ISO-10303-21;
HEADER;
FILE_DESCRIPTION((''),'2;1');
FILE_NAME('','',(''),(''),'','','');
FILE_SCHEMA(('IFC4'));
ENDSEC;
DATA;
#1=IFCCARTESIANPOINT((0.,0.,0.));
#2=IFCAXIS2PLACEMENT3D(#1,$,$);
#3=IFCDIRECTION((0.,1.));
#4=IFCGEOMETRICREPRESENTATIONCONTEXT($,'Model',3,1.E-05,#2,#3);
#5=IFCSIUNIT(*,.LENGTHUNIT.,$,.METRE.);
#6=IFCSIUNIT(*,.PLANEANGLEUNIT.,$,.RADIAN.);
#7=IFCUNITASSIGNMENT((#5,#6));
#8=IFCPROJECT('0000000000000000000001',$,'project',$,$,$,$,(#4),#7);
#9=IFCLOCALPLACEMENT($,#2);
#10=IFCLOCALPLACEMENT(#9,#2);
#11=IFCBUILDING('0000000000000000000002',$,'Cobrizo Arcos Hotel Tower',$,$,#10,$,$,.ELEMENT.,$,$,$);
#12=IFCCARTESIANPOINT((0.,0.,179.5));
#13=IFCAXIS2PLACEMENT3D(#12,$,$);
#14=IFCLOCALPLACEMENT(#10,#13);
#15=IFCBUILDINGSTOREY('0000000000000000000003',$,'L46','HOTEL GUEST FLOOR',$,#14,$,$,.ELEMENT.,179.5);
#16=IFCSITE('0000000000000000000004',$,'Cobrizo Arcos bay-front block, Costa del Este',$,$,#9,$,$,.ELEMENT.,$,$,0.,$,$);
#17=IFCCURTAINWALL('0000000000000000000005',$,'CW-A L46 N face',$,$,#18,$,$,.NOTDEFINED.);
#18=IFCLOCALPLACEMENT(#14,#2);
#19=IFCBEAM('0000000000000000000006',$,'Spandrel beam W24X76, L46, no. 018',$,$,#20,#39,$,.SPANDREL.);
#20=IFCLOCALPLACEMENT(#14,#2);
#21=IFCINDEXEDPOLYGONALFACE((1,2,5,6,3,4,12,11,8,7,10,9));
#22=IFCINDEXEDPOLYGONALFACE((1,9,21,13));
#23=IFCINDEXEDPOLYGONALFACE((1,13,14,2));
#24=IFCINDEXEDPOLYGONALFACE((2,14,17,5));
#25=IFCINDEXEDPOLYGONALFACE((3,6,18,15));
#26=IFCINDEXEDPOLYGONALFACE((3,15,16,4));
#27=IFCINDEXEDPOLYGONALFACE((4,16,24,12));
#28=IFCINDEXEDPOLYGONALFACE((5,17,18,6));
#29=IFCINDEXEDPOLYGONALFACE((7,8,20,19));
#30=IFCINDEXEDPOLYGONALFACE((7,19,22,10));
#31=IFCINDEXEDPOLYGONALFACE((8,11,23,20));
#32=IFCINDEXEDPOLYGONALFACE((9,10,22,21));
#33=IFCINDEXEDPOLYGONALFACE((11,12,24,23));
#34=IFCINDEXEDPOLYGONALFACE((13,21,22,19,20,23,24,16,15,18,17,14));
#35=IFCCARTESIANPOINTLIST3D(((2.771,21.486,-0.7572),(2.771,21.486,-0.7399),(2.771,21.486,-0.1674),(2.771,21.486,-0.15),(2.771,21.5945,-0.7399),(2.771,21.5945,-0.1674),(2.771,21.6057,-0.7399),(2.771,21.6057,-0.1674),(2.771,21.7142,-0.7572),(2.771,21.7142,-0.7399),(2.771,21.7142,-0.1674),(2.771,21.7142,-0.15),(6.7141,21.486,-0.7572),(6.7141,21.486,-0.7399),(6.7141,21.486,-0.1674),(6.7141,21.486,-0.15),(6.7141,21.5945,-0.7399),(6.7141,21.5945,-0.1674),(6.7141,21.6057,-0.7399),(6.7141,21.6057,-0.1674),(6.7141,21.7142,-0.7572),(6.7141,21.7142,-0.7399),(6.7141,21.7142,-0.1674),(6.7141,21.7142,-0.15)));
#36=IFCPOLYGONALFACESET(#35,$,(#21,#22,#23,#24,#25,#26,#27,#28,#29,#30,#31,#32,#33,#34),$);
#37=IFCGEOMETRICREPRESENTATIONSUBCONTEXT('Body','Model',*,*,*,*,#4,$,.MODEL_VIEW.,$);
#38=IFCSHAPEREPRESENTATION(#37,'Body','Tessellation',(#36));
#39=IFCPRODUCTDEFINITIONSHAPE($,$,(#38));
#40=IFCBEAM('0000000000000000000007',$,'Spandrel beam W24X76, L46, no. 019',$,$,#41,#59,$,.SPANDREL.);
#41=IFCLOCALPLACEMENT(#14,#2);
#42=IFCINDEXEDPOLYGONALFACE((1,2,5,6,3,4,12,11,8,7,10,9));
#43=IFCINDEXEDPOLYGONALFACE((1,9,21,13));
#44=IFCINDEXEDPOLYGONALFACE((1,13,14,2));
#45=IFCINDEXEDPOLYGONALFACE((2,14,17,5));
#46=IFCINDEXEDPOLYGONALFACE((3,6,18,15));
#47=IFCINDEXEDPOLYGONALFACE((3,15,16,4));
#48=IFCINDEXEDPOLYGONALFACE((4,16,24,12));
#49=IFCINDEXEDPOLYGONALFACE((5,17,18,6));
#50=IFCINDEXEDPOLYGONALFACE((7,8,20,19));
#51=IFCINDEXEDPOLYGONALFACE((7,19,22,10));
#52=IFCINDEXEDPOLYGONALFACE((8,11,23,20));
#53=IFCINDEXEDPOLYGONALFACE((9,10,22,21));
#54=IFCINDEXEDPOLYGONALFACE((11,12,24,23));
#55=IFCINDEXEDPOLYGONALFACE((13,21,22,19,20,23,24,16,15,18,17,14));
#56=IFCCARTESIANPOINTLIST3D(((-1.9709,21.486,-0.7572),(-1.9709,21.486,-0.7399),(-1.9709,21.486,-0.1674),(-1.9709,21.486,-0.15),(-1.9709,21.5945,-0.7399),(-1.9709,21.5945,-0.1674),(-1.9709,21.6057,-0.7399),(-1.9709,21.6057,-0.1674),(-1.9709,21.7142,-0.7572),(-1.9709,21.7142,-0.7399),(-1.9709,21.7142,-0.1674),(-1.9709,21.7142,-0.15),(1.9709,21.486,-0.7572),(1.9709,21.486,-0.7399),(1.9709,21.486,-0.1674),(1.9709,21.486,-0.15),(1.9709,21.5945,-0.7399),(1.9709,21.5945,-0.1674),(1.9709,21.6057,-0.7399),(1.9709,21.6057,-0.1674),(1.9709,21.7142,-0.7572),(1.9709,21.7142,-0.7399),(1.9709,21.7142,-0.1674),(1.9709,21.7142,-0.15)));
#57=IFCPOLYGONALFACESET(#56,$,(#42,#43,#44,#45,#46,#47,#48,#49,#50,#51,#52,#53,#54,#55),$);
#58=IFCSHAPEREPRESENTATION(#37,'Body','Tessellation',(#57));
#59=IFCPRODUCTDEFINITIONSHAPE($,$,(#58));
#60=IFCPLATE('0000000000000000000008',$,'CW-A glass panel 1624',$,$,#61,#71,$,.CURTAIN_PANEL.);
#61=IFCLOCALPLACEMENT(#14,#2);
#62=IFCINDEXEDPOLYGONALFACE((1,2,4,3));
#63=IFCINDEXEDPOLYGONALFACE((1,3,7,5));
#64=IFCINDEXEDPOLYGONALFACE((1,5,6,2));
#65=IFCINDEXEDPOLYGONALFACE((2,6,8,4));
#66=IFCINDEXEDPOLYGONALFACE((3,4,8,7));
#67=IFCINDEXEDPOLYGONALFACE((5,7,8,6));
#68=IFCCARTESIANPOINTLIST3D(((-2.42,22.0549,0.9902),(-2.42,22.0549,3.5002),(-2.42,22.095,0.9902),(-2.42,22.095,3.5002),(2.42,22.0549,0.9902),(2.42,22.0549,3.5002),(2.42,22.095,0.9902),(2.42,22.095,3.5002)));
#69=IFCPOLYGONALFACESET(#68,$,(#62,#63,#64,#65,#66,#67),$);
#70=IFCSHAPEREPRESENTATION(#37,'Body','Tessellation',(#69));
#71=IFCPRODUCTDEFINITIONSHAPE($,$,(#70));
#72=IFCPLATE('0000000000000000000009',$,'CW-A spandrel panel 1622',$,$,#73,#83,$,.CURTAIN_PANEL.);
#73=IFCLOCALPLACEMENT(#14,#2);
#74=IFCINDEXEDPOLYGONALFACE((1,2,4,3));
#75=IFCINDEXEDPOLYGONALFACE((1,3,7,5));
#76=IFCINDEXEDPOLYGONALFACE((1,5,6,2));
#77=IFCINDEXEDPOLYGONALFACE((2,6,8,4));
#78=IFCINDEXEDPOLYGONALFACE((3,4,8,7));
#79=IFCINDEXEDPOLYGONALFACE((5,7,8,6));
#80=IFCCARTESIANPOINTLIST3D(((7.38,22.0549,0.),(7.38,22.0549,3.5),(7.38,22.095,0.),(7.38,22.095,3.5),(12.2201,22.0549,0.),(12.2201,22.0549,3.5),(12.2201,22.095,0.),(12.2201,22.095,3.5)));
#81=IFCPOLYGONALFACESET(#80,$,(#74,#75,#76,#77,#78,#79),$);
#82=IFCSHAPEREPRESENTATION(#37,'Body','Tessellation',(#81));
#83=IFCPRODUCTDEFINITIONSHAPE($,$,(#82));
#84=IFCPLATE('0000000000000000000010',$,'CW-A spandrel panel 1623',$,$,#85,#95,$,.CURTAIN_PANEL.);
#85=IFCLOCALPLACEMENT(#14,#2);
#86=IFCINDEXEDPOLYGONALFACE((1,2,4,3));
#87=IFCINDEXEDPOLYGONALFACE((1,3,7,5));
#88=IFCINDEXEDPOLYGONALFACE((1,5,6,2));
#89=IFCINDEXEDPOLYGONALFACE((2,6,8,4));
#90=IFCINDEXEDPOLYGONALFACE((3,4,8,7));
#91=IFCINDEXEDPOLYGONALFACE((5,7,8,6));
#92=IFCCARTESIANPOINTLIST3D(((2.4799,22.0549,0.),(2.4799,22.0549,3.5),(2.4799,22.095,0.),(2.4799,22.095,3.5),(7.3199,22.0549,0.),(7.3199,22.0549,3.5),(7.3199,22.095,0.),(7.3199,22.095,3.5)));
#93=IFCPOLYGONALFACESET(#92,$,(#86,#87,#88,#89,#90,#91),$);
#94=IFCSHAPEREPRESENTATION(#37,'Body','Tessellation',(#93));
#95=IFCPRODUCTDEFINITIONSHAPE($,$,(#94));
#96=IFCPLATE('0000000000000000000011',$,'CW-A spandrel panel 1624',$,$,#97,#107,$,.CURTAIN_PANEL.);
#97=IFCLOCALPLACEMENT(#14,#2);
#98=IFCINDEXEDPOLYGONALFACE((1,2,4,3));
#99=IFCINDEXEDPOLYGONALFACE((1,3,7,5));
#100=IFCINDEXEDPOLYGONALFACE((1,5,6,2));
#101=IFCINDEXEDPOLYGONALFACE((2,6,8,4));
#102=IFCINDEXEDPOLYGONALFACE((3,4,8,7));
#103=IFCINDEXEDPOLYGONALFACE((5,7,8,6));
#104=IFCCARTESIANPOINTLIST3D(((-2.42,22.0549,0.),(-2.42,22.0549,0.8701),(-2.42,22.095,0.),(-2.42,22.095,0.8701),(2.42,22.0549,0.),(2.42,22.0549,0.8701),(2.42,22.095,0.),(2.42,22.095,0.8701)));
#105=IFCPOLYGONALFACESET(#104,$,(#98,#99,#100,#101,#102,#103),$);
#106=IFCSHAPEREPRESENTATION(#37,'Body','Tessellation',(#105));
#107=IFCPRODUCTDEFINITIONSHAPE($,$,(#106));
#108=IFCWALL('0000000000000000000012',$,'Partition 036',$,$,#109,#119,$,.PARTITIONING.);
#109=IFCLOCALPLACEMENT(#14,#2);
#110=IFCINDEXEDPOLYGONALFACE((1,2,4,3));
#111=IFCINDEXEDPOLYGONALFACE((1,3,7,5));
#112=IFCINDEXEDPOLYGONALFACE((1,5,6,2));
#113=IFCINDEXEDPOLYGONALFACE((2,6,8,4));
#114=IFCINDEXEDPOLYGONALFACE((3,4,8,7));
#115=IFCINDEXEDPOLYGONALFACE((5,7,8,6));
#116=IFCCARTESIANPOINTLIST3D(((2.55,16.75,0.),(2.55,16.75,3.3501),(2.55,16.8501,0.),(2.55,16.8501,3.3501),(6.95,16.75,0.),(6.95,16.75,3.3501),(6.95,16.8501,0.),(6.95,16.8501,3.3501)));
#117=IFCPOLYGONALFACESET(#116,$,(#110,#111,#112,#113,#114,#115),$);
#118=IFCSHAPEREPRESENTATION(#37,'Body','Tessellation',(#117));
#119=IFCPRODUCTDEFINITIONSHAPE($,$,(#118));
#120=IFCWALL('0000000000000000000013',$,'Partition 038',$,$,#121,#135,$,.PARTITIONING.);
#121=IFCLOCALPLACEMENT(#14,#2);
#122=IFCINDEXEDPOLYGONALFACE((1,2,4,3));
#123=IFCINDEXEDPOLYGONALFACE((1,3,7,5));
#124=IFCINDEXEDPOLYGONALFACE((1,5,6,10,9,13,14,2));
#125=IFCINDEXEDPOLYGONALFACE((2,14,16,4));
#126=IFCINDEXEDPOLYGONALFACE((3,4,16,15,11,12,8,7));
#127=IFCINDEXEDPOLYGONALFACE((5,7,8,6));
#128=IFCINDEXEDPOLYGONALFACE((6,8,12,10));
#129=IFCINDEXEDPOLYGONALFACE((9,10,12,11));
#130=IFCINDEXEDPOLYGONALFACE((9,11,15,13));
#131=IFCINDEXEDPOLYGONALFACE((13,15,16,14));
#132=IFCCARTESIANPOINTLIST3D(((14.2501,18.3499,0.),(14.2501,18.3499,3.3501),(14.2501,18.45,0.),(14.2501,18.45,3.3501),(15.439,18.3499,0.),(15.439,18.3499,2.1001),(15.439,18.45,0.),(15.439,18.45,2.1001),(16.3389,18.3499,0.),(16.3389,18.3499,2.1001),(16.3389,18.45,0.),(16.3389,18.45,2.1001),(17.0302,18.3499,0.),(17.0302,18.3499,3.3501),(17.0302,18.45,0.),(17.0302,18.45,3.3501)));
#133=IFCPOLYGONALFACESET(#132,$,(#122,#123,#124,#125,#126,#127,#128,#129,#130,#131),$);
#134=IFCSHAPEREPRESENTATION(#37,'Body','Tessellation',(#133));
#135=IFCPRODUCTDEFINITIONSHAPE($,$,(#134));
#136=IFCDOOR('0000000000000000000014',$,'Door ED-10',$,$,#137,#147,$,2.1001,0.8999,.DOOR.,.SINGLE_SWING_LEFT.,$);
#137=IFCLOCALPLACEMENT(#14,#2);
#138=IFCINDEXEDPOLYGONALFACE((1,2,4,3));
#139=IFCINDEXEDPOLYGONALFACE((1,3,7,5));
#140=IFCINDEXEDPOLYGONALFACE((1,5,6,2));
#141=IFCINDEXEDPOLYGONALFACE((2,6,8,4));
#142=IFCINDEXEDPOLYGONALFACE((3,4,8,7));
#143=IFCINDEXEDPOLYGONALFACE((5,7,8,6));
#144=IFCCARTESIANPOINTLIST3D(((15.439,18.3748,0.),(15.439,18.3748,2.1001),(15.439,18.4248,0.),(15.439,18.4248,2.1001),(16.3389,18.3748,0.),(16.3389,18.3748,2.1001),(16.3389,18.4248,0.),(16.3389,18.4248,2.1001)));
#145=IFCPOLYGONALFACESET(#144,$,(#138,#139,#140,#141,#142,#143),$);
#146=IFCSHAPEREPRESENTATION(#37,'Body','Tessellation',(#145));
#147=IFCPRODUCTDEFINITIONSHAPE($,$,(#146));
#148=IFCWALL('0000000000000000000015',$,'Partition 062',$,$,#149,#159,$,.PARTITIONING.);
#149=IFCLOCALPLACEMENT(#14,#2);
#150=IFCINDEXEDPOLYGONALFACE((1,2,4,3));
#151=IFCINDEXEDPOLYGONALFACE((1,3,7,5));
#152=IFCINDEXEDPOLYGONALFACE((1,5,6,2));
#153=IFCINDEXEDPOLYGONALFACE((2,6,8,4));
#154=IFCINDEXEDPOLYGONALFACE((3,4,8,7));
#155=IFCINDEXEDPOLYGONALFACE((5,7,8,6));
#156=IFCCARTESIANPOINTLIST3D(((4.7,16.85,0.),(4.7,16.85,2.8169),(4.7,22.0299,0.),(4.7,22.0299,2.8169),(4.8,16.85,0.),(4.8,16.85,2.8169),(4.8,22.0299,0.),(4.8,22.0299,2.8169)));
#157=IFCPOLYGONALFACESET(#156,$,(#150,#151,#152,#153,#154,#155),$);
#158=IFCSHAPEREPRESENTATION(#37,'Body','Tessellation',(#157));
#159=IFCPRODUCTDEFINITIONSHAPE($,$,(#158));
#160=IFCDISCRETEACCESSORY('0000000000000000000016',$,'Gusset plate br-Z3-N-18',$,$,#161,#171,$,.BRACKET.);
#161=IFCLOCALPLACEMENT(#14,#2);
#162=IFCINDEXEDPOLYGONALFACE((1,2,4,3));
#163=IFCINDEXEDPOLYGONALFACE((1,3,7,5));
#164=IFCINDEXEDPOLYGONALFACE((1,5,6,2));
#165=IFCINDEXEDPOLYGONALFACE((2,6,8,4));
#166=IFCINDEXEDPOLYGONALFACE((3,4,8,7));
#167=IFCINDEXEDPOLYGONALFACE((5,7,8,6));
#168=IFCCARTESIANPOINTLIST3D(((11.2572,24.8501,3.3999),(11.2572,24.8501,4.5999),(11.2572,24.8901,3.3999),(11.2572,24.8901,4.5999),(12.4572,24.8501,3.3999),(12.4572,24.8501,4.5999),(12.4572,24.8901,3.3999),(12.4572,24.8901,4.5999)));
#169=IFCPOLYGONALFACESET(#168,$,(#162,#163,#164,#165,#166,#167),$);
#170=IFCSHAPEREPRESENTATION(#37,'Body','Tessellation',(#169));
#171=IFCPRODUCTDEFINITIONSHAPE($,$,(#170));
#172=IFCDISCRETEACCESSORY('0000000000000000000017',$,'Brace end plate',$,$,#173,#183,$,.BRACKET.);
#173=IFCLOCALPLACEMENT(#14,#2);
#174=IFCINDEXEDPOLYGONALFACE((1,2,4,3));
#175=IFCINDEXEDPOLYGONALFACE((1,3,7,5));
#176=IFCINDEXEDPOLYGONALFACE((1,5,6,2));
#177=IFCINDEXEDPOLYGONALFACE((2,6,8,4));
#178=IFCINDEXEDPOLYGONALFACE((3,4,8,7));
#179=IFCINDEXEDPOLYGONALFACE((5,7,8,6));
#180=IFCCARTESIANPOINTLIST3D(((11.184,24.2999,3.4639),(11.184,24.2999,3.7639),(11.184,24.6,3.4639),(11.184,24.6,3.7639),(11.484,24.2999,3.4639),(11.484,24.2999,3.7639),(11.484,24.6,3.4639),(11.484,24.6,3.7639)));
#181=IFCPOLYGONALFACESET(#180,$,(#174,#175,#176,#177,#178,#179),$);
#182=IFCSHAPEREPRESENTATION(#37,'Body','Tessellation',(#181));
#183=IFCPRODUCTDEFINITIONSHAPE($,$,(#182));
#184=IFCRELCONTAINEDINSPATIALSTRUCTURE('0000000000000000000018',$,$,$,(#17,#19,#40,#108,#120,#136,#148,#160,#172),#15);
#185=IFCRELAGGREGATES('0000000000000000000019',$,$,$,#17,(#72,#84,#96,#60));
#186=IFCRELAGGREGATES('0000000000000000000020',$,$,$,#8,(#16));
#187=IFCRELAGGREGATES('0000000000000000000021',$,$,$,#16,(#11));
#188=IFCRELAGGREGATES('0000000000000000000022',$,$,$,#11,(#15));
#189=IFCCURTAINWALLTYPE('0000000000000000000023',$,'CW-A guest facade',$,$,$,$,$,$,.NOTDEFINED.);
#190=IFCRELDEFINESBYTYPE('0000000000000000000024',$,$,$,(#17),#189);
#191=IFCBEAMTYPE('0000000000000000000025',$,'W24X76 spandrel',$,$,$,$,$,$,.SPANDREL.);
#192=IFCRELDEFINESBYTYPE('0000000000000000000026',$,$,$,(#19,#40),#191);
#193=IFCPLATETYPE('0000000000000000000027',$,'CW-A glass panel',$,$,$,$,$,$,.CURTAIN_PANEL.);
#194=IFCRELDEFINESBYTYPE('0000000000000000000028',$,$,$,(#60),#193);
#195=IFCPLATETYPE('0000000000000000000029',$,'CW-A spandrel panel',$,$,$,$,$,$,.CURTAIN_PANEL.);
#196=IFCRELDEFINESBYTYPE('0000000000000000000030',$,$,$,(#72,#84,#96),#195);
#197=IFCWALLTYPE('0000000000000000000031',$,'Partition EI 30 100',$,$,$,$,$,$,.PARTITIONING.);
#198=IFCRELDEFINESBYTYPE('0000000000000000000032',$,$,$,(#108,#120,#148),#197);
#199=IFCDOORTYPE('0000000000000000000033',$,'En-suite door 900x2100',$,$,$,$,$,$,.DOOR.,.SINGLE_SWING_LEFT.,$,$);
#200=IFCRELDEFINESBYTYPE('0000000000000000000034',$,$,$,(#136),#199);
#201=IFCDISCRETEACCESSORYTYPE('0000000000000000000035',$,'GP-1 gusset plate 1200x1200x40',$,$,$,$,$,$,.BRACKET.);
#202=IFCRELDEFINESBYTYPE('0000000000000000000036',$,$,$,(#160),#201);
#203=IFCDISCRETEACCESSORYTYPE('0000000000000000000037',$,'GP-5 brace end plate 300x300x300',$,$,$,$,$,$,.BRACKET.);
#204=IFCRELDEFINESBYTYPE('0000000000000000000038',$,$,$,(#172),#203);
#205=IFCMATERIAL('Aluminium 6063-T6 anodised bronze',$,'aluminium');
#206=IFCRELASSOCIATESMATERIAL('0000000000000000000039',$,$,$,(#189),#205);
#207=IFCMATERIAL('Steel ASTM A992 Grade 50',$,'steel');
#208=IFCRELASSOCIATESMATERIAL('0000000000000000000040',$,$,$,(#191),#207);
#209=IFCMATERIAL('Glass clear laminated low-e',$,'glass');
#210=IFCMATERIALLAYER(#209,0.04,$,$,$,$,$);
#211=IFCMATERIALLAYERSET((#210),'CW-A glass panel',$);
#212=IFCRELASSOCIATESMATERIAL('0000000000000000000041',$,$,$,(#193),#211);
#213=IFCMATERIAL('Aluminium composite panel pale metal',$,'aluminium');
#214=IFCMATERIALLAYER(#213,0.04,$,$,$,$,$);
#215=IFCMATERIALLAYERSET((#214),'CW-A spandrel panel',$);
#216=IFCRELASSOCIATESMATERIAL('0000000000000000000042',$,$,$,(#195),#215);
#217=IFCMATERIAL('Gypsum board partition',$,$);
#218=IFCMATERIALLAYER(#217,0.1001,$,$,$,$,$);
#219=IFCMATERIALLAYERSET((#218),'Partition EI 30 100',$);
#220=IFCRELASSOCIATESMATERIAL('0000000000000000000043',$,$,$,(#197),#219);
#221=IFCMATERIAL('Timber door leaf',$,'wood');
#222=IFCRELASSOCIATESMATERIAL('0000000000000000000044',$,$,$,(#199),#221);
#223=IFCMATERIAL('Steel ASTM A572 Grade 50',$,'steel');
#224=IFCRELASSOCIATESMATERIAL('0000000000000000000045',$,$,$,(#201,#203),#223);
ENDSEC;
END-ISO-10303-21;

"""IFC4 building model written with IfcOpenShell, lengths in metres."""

from ifc_helpers import new_model, si_unit, direction, frame, frame_2d, origin, origin_2d, place, context, subcontext, project, spatial, rectangle, i_section, extrude, material, layer, layer_set, material_profile, profile_set, type_object, element, fill, aggregate, save


model = new_model("IFC4")

# Units and contexts
model_context = context("Model", 3, precision=1e-05, world=origin(), true_north=direction((0.0, 1.0)))
body_context = subcontext(model_context, "Body", "Model", "MODEL_VIEW")
ifc_project = project(units=[si_unit("LENGTHUNIT", "METRE"), si_unit("PLANEANGLEUNIT", "RADIAN")], contexts=[model_context])

# Site, building, storey
site_placement = place(None, origin())
site = spatial("IfcSite", under=ifc_project, at=site_placement, Name="Cobrizo Arcos bay-front block, Costa del Este", CompositionType="ELEMENT", RefElevation=0.0)
building_placement = place(site_placement, origin())
building = spatial("IfcBuilding", under=site, at=building_placement, Name="Cobrizo Arcos Hotel Tower", CompositionType="ELEMENT")
storey_placement = place(building_placement, frame((0.0, 0.0, 179.5)))
storey = spatial("IfcBuildingStorey", under=building, at=storey_placement, Name="L46", Description="HOTEL GUEST FLOOR", CompositionType="ELEMENT", Elevation=179.5)

# Shared definitions
ifc_material_1 = material(Name="Steel ASTM A572 Grade 50", Category="steel")

# Curtain wall
ifc_material_2 = material(Name="Aluminium 6063-T6 anodised bronze", Category="aluminium")
curtain_wall_type = type_object("IfcCurtainWallType", Name="CW-A guest facade", PredefinedType="NOTDEFINED", material=ifc_material_2)
curtain_wall_placement = place(storey_placement, origin())
curtain_wall = element("IfcCurtainWall", 1, at=curtain_wall_placement, inside=storey, type_object=curtain_wall_type, Name="CW-A L46 N face", PredefinedType="NOTDEFINED")

# Beams
ifc_material_3 = material(Name="Steel ASTM A992 Grade 50", Category="steel")
ifc_material_profile_1 = material_profile(ifc_material_3, i_section(OverallWidth=0.2283, OverallDepth=0.6072, WebThickness=0.0112, FlangeThickness=0.0173, at=origin_2d()), Name="W24X76")
ifc_profile_set_1 = profile_set([ifc_material_profile_1], Name="Steel ASTM A992 Grade 50")
beam_type_1 = type_object("IfcBeamType", Name="W24X76 spandrel", PredefinedType="SPANDREL", material=ifc_profile_set_1)
for number, where, z_axis, x_axis, name in (
    (2, (6.7141, 21.6001, -0.4536), (-1.0, 0.0, 0.0), (0.0, -1.0, 0.0), "Spandrel beam W24X76, L46, no. 018"),
):
    element("IfcBeam", number, at=place(storey_placement, frame(where, z_axis=z_axis, x_axis=x_axis)), inside=storey, type_object=beam_type_1, Name=name, PredefinedType="SPANDREL", context=body_context, shape_type="SweptSolid", body=[
        extrude(i_section(OverallWidth=0.2283, OverallDepth=0.6072, WebThickness=0.0112, FlangeThickness=0.0173, at=origin_2d()), origin(), (0.0, 0.0, 1.0), 3.9431),
    ])
beam_1_placement = place(storey_placement, frame((1.9709, 21.6001, -0.4536), z_axis=(-1.0, 0.0, 0.0), x_axis=(0.0, -1.0, 0.0)))
element("IfcBeam", 3, at=beam_1_placement, inside=storey, type_object=beam_type_1, Name="Spandrel beam W24X76, L46, no. 019", PredefinedType="SPANDREL", context=body_context, shape_type="SweptSolid", body=[
    extrude(i_section(OverallWidth=0.2283, OverallDepth=0.6072, WebThickness=0.0112, FlangeThickness=0.0173, at=origin_2d()), origin(), (0.0, 0.0, 1.0), 3.9419),
])

# Plates
ifc_material_4 = material(Name="Glass clear laminated low-e", Category="glass")
ifc_layer_1 = layer(ifc_material_4, 0.04)
ifc_layer_set_1 = layer_set([ifc_layer_1], Name="CW-A glass panel")
plate_type_1 = type_object("IfcPlateType", Name="CW-A glass panel", PredefinedType="CURTAIN_PANEL", material=ifc_layer_set_1)
plate_1_placement = place(storey_placement, frame((0.0, 22.075, 0.9902), z_axis=(0.0, 0.0, 1.0), x_axis=(-1.0, 0.0, 0.0)))
plate_1 = element("IfcPlate", 4, at=plate_1_placement, type_object=plate_type_1, Name="CW-A glass panel 1624", PredefinedType="CURTAIN_PANEL", context=body_context, shape_type="SweptSolid", body=[
    extrude(rectangle(XDim=4.8401, YDim=0.04, at=origin_2d()), origin(), (0.0, 0.0, 1.0), 2.51),
])
ifc_material_5 = material(Name="Aluminium composite panel pale metal", Category="aluminium")
ifc_layer_2 = layer(ifc_material_5, 0.04)
ifc_layer_set_2 = layer_set([ifc_layer_2], Name="CW-A spandrel panel")
plate_type_2 = type_object("IfcPlateType", Name="CW-A spandrel panel", PredefinedType="CURTAIN_PANEL", material=ifc_layer_set_2)
plate_2_placement = place(storey_placement, frame((9.8, 22.075, 0.0), z_axis=(0.0, 0.0, 1.0), x_axis=(-1.0, 0.0, 0.0)))
plate_2 = element("IfcPlate", 5, at=plate_2_placement, type_object=plate_type_2, Name="CW-A spandrel panel 1622", PredefinedType="CURTAIN_PANEL", context=body_context, shape_type="SweptSolid", body=[
    extrude(rectangle(XDim=4.8401, YDim=0.04, at=origin_2d()), origin(), (0.0, 0.0, 1.0), 3.5),
])
plate_3_placement = place(storey_placement, frame((4.8999, 22.075, 0.0), z_axis=(0.0, 0.0, 1.0), x_axis=(-1.0, 0.0, 0.0)))
plate_3 = element("IfcPlate", 6, at=plate_3_placement, type_object=plate_type_2, Name="CW-A spandrel panel 1623", PredefinedType="CURTAIN_PANEL", context=body_context, shape_type="SweptSolid", body=[
    extrude(rectangle(XDim=4.8401, YDim=0.04, at=origin_2d()), origin(), (0.0, 0.0, 1.0), 3.5),
])
plate_4_placement = place(storey_placement, frame((0.0, 22.075, 0.0), z_axis=(0.0, 0.0, 1.0), x_axis=(-1.0, 0.0, 0.0)))
plate_4 = element("IfcPlate", 7, at=plate_4_placement, type_object=plate_type_2, Name="CW-A spandrel panel 1624", PredefinedType="CURTAIN_PANEL", context=body_context, shape_type="SweptSolid", body=[
    extrude(rectangle(XDim=4.8401, YDim=0.04, at=origin_2d()), origin(), (0.0, 0.0, 1.0), 0.8701),
])
aggregate(curtain_wall, [plate_2, plate_3, plate_4, plate_1])

# Wall
ifc_material_6 = material(Name="Gypsum board partition")
ifc_layer_3 = layer(ifc_material_6, 0.1001)
ifc_layer_set_3 = layer_set([ifc_layer_3], Name="Partition EI 30 100")
wall_type = type_object("IfcWallType", Name="Partition EI 30 100", PredefinedType="PARTITIONING", material=ifc_layer_set_3)
wall_1_placement = place(storey_placement, frame((2.55, 16.8, 0.0), z_axis=(0.0, 0.0, 1.0), x_axis=(1.0, 0.0, 0.0)))
element("IfcWall", 8, at=wall_1_placement, inside=storey, type_object=wall_type, Name="Partition 036", PredefinedType="PARTITIONING", context=body_context, shape_type="SweptSolid", body=[
    extrude(rectangle(XDim=4.3999, YDim=0.1001, at=frame_2d((2.2, 0.0))), origin(), (0.0, 0.0, 1.0), 3.3501),
])

# Wall, opening, door
wall_2_placement = place(storey_placement, frame((14.25, 18.3999, 0.0), z_axis=(0.0, 0.0, 1.0), x_axis=(1.0, 0.0, 0.0)))
wall_2 = element("IfcWall", 9, at=wall_2_placement, inside=storey, type_object=wall_type, Name="Partition 038", PredefinedType="PARTITIONING", context=body_context, shape_type="SweptSolid", body=[
    extrude(rectangle(XDim=2.78, YDim=0.1001, at=frame_2d((1.3901, 0.0))), origin(), (0.0, 0.0, 1.0), 3.3501),
])
opening_placement = place(wall_2_placement, frame((1.189, 0.0, 0.0)))
opening = element("IfcOpeningElement", 10, at=opening_placement, cuts=wall_2, PredefinedType="OPENING", context=body_context, shape_type="SweptSolid", body=[
    extrude(rectangle(XDim=0.8999, YDim=2.1001, at=frame_2d((0.45, 1.05))), frame((0.0, 0.062, 0.0), z_axis=(0.0, -1.0, 0.0), x_axis=(1.0, 0.0, 0.0)), (0.0, 0.0, 1.0), 0.124),
])
ifc_material_7 = material(Name="Timber door leaf", Category="wood")
door_type = type_object("IfcDoorType", Name="En-suite door 900x2100", OperationType="SINGLE_SWING_LEFT", PredefinedType="DOOR", material=ifc_material_7)
door_placement = place(opening_placement, origin())
door = element("IfcDoor", 11, at=door_placement, inside=storey, type_object=door_type, Name="Door ED-10", OperationType="SINGLE_SWING_LEFT", OverallHeight=2.1001, OverallWidth=0.8999, PredefinedType="DOOR", context=body_context, shape_type="SweptSolid", body=[
    extrude(rectangle(XDim=0.8999, YDim=2.1001, at=frame_2d((0.45, 1.05))), frame((0.0, 0.0249, 0.0), z_axis=(0.0, -1.0, 0.0), x_axis=(1.0, 0.0, 0.0)), (0.0, 0.0, 1.0), 0.05),
])
fill(opening, door)

# Wall
wall_3_placement = place(storey_placement, frame((4.75, 16.8501, 0.0), z_axis=(0.0, 0.0, 1.0), x_axis=(0.0, 1.0, 0.0)))
element("IfcWall", 12, at=wall_3_placement, inside=storey, type_object=wall_type, Name="Partition 062", PredefinedType="PARTITIONING", context=body_context, shape_type="SweptSolid", body=[
    extrude(rectangle(XDim=5.1799, YDim=0.1001, at=frame_2d((2.5898, 0.0))), origin(), (0.0, 0.0, 1.0), 2.8169),
])

# Discrete accessories
discrete_accessory_type_1 = type_object("IfcDiscreteAccessoryType", Name="GP-1 gusset plate 1200x1200x40", PredefinedType="BRACKET", material=ifc_material_1)
discrete_accessory_placement = place(storey_placement, frame((11.8572, 24.8701, 3.3999), z_axis=(0.0, 0.0, 1.0), x_axis=(1.0, 0.0, 0.0)))
element("IfcDiscreteAccessory", 13, at=discrete_accessory_placement, inside=storey, type_object=discrete_accessory_type_1, Name="Gusset plate br-Z3-N-18", PredefinedType="BRACKET", context=body_context, shape_type="SweptSolid", body=[
    extrude(rectangle(XDim=1.2, YDim=0.04, at=origin_2d()), origin(), (0.0, 0.0, 1.0), 1.2),
])
discrete_accessory_type_2 = type_object("IfcDiscreteAccessoryType", Name="GP-5 brace end plate 300x300x300", PredefinedType="BRACKET", material=ifc_material_1)
for number, where, z_axis, x_axis, name in (
    (14, (11.334, 24.45, 3.4639), (0.0, 0.0, 1.0), (1.0, 0.0, 0.0), "Brace end plate"),
):
    element("IfcDiscreteAccessory", number, at=place(storey_placement, frame(where, z_axis=z_axis, x_axis=x_axis)), inside=storey, type_object=discrete_accessory_type_2, Name=name, PredefinedType="BRACKET", context=body_context, shape_type="SweptSolid", body=[
        extrude(rectangle(XDim=0.3, YDim=0.3, at=origin_2d()), origin(), (0.0, 0.0, 1.0), 0.3),
    ])

save(model, "model.ifc")
